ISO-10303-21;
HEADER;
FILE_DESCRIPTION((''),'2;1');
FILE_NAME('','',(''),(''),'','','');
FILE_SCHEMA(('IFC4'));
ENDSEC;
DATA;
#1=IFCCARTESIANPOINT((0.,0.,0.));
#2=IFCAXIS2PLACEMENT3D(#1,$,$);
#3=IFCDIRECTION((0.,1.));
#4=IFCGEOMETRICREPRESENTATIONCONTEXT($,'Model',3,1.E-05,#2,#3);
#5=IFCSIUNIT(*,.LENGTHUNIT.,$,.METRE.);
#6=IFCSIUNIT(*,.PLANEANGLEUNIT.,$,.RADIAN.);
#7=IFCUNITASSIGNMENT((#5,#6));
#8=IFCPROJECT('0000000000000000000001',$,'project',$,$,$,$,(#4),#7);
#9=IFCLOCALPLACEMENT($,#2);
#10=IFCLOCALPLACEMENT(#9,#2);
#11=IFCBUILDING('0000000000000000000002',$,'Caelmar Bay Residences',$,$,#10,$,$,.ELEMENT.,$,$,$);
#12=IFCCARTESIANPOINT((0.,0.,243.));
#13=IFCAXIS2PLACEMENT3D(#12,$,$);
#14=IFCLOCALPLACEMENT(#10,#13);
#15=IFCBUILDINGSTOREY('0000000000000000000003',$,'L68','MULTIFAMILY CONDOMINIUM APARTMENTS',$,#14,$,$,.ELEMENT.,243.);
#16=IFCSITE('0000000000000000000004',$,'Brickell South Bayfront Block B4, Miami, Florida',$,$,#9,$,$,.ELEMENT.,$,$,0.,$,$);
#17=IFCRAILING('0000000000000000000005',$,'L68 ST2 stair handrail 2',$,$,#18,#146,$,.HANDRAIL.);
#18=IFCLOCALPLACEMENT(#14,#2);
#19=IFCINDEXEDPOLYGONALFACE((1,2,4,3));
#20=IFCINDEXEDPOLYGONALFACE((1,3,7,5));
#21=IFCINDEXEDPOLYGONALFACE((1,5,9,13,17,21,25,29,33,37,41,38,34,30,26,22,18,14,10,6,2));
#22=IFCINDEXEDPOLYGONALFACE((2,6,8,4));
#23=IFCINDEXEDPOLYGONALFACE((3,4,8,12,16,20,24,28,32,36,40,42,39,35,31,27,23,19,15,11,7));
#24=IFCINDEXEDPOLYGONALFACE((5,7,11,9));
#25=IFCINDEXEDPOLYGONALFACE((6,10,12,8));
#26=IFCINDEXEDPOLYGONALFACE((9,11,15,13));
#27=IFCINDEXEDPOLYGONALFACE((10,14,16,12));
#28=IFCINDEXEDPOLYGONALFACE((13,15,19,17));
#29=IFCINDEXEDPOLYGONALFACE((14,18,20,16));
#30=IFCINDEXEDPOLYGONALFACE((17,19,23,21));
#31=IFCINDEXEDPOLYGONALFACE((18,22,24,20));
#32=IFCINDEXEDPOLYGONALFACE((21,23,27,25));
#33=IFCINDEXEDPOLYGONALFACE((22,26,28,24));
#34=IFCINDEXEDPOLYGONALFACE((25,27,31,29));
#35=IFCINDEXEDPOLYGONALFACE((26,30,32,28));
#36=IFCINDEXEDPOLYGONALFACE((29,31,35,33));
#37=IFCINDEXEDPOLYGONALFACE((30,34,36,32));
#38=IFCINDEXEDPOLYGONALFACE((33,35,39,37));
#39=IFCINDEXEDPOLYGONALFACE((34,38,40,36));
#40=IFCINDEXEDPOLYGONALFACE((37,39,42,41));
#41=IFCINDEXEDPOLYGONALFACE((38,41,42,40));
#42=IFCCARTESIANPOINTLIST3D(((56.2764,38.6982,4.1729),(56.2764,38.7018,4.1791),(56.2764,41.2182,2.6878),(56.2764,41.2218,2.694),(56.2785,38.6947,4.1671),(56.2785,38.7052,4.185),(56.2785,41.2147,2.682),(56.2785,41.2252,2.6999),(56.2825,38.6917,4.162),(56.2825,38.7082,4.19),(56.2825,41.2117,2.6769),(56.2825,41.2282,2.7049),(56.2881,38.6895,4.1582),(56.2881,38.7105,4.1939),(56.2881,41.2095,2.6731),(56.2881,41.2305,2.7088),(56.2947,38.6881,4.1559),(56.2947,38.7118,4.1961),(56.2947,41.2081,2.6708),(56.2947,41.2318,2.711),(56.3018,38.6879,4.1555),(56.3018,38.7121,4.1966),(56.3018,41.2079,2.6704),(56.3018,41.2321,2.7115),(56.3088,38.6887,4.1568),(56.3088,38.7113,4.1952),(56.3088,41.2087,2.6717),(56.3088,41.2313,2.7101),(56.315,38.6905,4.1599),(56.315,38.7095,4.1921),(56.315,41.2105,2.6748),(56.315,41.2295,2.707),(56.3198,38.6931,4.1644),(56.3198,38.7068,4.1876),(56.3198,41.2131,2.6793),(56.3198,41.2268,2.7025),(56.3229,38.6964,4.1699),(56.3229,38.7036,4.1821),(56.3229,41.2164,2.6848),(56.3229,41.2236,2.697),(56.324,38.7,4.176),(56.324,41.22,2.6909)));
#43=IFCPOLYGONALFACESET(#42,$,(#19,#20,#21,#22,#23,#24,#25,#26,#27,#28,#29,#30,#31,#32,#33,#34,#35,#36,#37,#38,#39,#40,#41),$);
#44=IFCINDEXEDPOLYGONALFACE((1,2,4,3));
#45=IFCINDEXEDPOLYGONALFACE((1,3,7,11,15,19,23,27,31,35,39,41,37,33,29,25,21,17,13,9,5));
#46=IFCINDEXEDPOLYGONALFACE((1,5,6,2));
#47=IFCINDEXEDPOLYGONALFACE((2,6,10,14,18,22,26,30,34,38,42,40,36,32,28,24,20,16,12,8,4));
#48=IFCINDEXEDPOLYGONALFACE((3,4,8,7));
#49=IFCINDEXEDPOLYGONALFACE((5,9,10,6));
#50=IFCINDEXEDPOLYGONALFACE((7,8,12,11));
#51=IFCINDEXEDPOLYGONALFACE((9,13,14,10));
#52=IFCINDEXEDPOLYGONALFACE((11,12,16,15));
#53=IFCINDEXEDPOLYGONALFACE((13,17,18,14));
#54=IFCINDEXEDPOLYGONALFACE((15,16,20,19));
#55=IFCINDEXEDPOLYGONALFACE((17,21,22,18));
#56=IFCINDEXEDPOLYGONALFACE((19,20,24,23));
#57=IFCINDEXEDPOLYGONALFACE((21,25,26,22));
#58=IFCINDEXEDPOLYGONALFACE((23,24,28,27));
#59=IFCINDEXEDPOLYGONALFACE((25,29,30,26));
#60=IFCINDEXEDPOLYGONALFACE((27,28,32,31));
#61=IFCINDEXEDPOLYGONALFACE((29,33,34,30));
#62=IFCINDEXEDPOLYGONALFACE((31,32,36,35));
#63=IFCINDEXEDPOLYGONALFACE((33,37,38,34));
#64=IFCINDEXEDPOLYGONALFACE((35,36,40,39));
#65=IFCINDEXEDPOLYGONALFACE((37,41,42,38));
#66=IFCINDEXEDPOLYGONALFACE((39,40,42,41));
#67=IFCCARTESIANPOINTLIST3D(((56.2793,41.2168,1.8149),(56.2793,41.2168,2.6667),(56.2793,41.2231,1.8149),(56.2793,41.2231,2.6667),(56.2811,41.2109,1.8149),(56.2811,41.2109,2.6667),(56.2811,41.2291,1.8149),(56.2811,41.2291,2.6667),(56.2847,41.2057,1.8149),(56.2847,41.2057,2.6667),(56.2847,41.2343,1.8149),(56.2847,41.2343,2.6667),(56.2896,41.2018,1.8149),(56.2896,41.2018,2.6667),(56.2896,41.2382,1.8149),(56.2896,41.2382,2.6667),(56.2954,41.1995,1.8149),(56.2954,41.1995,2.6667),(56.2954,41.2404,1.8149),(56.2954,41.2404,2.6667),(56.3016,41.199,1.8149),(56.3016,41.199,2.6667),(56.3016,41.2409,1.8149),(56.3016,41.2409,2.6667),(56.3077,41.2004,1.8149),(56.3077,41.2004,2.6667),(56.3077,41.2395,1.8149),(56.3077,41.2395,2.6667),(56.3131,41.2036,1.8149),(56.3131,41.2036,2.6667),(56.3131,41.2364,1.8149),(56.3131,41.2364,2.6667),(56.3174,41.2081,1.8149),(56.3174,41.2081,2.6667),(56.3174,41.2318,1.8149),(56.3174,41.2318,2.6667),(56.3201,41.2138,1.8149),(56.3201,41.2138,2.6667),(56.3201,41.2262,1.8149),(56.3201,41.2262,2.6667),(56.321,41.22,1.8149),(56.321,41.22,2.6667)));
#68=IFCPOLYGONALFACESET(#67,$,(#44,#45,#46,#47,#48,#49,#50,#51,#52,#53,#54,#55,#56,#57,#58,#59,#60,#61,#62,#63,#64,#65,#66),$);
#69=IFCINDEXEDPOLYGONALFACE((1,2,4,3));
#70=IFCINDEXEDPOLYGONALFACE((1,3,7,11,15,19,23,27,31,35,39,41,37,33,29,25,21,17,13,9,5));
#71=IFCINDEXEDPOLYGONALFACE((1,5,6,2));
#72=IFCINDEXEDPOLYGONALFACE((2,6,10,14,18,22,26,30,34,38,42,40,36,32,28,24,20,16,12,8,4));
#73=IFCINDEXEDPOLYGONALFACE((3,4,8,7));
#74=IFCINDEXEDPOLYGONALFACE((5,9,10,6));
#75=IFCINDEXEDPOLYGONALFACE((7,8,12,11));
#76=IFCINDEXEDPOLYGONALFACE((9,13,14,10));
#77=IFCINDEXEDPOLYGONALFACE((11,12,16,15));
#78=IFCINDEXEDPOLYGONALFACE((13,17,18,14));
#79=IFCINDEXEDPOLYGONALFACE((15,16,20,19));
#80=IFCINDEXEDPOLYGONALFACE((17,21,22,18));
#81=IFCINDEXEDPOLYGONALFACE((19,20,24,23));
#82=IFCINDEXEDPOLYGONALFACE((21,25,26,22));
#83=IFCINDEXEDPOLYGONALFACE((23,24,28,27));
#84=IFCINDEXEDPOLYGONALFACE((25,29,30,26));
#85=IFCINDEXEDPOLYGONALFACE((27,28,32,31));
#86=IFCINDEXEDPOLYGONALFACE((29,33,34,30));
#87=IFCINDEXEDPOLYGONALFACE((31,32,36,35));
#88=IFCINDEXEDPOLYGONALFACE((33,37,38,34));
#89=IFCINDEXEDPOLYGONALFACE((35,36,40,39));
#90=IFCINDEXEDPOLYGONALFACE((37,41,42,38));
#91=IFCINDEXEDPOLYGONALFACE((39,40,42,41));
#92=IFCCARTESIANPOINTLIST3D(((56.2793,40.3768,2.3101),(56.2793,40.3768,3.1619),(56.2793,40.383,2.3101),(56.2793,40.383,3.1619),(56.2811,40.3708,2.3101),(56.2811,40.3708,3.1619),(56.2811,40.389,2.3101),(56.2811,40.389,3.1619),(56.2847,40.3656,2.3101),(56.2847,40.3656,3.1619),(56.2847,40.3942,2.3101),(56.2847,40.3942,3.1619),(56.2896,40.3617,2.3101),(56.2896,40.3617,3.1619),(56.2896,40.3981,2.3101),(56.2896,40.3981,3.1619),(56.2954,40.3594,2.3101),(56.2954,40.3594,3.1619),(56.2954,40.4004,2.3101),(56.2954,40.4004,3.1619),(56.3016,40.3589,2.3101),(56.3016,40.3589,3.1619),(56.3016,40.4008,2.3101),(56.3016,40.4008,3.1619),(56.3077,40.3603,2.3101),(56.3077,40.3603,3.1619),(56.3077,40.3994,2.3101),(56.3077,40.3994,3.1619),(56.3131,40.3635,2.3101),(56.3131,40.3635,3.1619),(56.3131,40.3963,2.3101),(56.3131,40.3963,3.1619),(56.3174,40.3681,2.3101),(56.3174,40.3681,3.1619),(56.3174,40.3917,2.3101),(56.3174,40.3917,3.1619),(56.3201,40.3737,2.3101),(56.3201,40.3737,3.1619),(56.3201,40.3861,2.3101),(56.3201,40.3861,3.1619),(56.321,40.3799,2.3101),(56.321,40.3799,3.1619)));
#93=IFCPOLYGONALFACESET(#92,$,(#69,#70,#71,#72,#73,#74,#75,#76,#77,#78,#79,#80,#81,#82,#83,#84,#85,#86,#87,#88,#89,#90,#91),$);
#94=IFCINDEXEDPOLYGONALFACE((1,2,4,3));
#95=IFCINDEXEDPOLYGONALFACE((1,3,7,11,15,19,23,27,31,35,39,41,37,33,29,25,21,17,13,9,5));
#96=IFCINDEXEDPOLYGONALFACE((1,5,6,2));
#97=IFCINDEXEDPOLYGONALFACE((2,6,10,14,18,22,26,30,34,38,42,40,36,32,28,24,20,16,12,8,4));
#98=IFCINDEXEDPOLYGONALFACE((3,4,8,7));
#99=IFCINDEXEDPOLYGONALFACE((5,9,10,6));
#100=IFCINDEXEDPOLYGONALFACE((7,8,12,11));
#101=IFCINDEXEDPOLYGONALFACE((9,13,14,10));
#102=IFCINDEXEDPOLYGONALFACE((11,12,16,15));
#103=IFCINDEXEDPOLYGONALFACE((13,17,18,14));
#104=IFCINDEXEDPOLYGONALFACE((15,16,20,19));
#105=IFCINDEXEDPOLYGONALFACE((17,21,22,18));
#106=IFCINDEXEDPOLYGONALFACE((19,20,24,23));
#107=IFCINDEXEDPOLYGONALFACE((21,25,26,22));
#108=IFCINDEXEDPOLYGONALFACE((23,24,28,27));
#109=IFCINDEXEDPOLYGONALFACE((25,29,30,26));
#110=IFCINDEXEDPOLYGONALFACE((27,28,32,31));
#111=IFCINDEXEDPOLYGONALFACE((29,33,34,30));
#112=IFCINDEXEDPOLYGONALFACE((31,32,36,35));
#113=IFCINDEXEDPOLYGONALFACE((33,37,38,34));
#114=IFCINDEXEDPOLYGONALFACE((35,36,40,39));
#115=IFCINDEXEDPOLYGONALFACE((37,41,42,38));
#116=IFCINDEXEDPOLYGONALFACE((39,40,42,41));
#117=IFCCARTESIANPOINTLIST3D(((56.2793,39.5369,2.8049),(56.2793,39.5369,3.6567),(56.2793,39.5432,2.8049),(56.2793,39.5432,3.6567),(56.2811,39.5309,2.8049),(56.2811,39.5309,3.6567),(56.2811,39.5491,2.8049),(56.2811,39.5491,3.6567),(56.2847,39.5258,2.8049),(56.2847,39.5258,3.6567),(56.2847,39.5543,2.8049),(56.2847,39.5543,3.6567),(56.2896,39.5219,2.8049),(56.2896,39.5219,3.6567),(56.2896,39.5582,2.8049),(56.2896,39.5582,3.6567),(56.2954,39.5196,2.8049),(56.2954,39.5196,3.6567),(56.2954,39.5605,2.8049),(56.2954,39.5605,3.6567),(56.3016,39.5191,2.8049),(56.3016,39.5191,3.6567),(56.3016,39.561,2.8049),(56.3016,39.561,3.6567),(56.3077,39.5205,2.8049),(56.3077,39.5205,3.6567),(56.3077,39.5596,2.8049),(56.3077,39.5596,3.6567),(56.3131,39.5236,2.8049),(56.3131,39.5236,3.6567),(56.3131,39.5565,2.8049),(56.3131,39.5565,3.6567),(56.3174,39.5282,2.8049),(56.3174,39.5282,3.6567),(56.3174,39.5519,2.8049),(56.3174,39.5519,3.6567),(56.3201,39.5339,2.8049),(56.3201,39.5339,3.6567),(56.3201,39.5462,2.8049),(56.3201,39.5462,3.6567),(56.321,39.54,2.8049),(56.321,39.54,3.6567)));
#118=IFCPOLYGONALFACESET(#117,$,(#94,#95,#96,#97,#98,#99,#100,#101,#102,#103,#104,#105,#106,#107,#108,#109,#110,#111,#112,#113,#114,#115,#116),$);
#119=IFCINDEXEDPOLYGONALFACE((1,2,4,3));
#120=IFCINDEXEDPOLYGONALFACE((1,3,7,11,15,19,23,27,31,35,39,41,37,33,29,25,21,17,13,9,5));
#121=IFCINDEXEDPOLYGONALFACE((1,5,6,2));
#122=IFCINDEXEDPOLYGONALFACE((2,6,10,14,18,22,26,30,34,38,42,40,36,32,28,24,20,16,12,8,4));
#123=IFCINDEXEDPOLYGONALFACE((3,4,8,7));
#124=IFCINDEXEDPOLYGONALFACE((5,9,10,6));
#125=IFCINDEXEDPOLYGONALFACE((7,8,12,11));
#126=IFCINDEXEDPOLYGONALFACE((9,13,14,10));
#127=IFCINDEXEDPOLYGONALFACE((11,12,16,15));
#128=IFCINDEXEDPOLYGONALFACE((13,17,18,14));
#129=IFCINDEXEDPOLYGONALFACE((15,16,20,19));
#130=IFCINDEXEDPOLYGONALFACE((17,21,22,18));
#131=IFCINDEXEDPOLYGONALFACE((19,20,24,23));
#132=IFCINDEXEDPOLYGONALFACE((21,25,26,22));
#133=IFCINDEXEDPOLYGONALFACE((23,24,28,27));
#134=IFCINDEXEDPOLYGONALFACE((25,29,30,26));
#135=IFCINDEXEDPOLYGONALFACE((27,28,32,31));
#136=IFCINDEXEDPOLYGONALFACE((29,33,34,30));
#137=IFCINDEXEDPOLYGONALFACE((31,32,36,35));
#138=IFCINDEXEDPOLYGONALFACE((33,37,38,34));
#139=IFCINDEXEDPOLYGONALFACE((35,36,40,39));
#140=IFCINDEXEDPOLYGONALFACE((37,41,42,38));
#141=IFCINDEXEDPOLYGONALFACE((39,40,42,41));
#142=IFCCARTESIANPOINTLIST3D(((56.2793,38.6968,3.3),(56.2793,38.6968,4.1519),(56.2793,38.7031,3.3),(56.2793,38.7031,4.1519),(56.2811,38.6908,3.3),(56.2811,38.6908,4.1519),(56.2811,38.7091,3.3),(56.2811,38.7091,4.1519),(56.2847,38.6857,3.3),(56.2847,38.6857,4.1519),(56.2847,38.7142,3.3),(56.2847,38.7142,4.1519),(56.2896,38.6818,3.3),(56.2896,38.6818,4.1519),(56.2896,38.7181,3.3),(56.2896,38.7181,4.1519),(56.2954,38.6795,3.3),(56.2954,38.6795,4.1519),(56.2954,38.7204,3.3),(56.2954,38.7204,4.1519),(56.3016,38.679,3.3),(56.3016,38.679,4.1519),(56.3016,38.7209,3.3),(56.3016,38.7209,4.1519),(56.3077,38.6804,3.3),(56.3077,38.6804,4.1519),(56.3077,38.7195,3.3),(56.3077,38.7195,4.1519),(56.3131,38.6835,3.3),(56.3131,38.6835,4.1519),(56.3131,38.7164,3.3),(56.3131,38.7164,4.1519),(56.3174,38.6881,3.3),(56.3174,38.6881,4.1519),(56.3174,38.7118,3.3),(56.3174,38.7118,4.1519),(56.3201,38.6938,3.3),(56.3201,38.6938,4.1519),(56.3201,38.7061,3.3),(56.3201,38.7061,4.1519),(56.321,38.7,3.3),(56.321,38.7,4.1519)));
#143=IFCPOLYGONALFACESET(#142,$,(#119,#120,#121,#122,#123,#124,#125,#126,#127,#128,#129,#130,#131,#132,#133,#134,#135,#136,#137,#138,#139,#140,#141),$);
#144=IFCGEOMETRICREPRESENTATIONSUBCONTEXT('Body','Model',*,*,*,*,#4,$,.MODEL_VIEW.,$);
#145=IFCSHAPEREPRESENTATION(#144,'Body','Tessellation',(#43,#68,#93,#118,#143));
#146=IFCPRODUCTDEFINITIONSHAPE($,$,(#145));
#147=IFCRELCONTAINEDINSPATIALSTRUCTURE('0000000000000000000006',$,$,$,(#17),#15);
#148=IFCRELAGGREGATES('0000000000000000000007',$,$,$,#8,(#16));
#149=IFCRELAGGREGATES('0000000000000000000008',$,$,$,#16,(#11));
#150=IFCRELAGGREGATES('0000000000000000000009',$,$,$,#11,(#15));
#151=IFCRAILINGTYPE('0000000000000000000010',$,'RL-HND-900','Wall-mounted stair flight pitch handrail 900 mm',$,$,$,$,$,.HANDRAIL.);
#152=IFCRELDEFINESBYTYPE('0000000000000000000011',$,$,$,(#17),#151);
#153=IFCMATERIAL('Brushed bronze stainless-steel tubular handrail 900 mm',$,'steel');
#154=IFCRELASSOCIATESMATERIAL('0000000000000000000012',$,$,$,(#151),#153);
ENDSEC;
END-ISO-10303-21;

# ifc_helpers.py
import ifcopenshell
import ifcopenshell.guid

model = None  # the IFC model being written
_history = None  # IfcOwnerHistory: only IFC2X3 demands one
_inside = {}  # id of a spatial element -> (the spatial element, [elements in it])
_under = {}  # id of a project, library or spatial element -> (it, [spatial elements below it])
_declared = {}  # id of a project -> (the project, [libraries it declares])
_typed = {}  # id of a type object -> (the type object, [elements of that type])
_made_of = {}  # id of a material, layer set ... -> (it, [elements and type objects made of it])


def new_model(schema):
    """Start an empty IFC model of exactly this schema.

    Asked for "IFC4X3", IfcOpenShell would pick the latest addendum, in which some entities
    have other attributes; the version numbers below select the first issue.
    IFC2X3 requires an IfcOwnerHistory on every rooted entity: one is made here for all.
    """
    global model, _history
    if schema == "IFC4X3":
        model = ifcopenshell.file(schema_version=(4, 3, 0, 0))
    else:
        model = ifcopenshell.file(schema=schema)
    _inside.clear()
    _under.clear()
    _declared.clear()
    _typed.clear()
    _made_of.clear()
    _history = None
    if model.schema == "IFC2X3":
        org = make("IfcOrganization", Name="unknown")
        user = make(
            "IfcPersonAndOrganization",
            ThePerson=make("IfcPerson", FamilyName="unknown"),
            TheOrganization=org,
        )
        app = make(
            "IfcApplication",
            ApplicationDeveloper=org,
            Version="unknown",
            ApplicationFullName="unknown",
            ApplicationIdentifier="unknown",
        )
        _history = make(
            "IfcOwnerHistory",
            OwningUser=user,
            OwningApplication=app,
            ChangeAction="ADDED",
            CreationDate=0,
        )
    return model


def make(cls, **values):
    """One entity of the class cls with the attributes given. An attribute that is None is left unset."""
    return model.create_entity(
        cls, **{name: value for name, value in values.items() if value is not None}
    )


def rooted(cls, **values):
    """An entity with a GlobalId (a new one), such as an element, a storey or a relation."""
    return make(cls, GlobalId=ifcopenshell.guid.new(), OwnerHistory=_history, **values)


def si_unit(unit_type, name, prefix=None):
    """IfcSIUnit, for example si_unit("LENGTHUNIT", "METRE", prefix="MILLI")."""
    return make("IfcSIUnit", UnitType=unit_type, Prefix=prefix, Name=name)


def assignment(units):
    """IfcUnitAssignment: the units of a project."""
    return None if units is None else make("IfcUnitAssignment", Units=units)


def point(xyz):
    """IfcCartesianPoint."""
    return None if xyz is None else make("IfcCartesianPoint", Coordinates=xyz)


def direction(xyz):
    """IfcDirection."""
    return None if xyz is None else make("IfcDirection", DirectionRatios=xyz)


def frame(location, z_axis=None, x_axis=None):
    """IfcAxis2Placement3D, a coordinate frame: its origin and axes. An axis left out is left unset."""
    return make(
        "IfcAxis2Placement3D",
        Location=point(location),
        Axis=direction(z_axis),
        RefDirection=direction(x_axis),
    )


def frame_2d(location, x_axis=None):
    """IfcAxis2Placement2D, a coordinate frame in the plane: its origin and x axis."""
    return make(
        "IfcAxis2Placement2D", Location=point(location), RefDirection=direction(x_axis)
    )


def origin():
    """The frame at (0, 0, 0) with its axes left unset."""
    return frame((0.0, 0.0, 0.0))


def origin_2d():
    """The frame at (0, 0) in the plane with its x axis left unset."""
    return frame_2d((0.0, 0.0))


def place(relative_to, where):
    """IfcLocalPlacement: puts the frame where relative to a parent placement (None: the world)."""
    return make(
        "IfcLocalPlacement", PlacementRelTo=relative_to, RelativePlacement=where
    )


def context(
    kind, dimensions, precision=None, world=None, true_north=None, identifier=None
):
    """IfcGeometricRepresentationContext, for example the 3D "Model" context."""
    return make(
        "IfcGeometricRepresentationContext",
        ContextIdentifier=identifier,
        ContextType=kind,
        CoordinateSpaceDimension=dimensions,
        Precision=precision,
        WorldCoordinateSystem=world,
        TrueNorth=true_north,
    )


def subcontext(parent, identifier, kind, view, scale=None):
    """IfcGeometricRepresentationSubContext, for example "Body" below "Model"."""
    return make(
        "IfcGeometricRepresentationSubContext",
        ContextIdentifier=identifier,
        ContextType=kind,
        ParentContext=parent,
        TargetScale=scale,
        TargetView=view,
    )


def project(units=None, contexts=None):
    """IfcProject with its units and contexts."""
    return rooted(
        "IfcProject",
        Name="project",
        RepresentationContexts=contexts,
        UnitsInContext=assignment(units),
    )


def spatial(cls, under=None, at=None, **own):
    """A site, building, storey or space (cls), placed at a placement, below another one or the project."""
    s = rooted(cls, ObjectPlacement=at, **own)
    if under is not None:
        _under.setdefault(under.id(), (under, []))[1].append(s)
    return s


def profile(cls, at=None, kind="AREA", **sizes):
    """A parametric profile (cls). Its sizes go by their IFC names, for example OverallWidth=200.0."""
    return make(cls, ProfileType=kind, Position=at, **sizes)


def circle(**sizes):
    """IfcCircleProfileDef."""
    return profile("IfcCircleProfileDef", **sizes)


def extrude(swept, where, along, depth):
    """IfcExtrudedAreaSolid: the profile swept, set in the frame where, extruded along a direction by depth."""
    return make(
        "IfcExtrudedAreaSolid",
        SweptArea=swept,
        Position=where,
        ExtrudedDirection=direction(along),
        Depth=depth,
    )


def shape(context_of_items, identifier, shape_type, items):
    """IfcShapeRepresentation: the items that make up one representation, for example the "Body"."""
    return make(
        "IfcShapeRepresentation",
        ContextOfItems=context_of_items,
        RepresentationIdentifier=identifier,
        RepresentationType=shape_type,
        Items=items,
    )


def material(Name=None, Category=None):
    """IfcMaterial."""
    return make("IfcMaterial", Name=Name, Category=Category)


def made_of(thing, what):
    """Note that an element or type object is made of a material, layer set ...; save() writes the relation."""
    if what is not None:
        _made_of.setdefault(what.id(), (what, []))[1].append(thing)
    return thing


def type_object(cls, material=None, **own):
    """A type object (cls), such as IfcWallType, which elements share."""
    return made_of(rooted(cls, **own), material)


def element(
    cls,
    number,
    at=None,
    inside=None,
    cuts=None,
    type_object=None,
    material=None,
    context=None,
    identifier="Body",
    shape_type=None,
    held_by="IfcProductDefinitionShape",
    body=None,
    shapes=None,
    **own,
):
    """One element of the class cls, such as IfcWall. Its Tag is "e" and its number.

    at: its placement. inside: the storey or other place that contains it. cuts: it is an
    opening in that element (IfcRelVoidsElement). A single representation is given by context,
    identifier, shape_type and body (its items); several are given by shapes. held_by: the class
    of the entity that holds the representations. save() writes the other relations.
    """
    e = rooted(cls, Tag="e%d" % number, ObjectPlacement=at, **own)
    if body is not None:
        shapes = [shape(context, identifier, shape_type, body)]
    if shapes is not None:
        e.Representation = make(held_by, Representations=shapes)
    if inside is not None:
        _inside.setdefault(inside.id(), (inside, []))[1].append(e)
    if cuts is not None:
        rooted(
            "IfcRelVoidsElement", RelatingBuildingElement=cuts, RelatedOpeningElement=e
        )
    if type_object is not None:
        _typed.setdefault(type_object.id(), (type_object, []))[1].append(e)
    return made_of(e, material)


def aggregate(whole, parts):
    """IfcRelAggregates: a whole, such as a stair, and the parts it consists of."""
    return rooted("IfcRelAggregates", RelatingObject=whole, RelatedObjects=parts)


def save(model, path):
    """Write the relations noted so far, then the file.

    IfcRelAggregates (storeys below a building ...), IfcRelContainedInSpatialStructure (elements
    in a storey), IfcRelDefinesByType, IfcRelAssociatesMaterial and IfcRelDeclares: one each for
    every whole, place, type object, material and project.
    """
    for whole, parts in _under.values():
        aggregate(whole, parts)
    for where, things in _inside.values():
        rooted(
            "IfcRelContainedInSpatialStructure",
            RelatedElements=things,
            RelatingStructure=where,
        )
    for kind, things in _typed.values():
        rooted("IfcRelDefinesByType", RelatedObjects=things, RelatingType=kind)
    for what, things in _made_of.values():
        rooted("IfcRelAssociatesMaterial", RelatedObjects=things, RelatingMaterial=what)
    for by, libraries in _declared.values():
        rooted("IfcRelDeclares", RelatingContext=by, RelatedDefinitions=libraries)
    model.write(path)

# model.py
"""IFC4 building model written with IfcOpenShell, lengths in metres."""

from ifc_helpers import new_model, si_unit, direction, frame, origin, origin_2d, place, context, subcontext, project, spatial, circle, extrude, material, type_object, element, save


model = new_model("IFC4")

# Units and contexts
model_context = context("Model", 3, precision=1e-05, world=origin(), true_north=direction((0.0, 1.0)))
body_context = subcontext(model_context, "Body", "Model", "MODEL_VIEW")
ifc_project = project(units=[si_unit("LENGTHUNIT", "METRE"), si_unit("PLANEANGLEUNIT", "RADIAN")], contexts=[model_context])

# Site, building, storey
site_placement = place(None, origin())
site = spatial("IfcSite", under=ifc_project, at=site_placement, Name="Brickell South Bayfront Block B4, Miami, Florida", CompositionType="ELEMENT", RefElevation=0.0)
building_placement = place(site_placement, origin())
building = spatial("IfcBuilding", under=site, at=building_placement, Name="Caelmar Bay Residences", CompositionType="ELEMENT")
storey_placement = place(building_placement, frame((0.0, 0.0, 243.0)))
storey = spatial("IfcBuildingStorey", under=building, at=storey_placement, Name="L68", Description="MULTIFAMILY CONDOMINIUM APARTMENTS", CompositionType="ELEMENT", Elevation=243.0)

# Railing
ifc_material_1 = material(Name="Brushed bronze stainless-steel tubular handrail 900 mm", Category="steel")
railing_type_1 = type_object("IfcRailingType", Name="RL-HND-900", Description="Wall-mounted stair flight pitch handrail 900 mm", PredefinedType="HANDRAIL", material=ifc_material_1)
railing_1_placement = place(storey_placement, frame((56.3, 41.22, 1.8149)))
element("IfcRailing", 1, at=railing_1_placement, inside=storey, type_object=railing_type_1, Name="L68 ST2 stair handrail 2", PredefinedType="HANDRAIL", context=body_context, shape_type="SweptSolid", body=[
    extrude(circle(Radius=0.0239, at=origin_2d()), frame((0.0, 0.0, 0.876), z_axis=(0.0, -0.861524, 0.507717), x_axis=(1.0, 0.0, 0.0)), (0.0, 0.0, 1.0), 2.925),
    extrude(circle(Radius=0.021, at=origin_2d()), origin(), (0.0, 0.0, 1.0), 0.8518),
    extrude(circle(Radius=0.021, at=origin_2d()), frame((0.0, -0.8401, 0.4951)), (0.0, 0.0, 1.0), 0.8518),
    extrude(circle(Radius=0.021, at=origin_2d()), frame((0.0, -1.6799, 0.99)), (0.0, 0.0, 1.0), 0.8518),
    extrude(circle(Radius=0.021, at=origin_2d()), frame((0.0, -2.52, 1.4851)), (0.0, 0.0, 1.0), 0.8518),
])

save(model, "model.ifc")
